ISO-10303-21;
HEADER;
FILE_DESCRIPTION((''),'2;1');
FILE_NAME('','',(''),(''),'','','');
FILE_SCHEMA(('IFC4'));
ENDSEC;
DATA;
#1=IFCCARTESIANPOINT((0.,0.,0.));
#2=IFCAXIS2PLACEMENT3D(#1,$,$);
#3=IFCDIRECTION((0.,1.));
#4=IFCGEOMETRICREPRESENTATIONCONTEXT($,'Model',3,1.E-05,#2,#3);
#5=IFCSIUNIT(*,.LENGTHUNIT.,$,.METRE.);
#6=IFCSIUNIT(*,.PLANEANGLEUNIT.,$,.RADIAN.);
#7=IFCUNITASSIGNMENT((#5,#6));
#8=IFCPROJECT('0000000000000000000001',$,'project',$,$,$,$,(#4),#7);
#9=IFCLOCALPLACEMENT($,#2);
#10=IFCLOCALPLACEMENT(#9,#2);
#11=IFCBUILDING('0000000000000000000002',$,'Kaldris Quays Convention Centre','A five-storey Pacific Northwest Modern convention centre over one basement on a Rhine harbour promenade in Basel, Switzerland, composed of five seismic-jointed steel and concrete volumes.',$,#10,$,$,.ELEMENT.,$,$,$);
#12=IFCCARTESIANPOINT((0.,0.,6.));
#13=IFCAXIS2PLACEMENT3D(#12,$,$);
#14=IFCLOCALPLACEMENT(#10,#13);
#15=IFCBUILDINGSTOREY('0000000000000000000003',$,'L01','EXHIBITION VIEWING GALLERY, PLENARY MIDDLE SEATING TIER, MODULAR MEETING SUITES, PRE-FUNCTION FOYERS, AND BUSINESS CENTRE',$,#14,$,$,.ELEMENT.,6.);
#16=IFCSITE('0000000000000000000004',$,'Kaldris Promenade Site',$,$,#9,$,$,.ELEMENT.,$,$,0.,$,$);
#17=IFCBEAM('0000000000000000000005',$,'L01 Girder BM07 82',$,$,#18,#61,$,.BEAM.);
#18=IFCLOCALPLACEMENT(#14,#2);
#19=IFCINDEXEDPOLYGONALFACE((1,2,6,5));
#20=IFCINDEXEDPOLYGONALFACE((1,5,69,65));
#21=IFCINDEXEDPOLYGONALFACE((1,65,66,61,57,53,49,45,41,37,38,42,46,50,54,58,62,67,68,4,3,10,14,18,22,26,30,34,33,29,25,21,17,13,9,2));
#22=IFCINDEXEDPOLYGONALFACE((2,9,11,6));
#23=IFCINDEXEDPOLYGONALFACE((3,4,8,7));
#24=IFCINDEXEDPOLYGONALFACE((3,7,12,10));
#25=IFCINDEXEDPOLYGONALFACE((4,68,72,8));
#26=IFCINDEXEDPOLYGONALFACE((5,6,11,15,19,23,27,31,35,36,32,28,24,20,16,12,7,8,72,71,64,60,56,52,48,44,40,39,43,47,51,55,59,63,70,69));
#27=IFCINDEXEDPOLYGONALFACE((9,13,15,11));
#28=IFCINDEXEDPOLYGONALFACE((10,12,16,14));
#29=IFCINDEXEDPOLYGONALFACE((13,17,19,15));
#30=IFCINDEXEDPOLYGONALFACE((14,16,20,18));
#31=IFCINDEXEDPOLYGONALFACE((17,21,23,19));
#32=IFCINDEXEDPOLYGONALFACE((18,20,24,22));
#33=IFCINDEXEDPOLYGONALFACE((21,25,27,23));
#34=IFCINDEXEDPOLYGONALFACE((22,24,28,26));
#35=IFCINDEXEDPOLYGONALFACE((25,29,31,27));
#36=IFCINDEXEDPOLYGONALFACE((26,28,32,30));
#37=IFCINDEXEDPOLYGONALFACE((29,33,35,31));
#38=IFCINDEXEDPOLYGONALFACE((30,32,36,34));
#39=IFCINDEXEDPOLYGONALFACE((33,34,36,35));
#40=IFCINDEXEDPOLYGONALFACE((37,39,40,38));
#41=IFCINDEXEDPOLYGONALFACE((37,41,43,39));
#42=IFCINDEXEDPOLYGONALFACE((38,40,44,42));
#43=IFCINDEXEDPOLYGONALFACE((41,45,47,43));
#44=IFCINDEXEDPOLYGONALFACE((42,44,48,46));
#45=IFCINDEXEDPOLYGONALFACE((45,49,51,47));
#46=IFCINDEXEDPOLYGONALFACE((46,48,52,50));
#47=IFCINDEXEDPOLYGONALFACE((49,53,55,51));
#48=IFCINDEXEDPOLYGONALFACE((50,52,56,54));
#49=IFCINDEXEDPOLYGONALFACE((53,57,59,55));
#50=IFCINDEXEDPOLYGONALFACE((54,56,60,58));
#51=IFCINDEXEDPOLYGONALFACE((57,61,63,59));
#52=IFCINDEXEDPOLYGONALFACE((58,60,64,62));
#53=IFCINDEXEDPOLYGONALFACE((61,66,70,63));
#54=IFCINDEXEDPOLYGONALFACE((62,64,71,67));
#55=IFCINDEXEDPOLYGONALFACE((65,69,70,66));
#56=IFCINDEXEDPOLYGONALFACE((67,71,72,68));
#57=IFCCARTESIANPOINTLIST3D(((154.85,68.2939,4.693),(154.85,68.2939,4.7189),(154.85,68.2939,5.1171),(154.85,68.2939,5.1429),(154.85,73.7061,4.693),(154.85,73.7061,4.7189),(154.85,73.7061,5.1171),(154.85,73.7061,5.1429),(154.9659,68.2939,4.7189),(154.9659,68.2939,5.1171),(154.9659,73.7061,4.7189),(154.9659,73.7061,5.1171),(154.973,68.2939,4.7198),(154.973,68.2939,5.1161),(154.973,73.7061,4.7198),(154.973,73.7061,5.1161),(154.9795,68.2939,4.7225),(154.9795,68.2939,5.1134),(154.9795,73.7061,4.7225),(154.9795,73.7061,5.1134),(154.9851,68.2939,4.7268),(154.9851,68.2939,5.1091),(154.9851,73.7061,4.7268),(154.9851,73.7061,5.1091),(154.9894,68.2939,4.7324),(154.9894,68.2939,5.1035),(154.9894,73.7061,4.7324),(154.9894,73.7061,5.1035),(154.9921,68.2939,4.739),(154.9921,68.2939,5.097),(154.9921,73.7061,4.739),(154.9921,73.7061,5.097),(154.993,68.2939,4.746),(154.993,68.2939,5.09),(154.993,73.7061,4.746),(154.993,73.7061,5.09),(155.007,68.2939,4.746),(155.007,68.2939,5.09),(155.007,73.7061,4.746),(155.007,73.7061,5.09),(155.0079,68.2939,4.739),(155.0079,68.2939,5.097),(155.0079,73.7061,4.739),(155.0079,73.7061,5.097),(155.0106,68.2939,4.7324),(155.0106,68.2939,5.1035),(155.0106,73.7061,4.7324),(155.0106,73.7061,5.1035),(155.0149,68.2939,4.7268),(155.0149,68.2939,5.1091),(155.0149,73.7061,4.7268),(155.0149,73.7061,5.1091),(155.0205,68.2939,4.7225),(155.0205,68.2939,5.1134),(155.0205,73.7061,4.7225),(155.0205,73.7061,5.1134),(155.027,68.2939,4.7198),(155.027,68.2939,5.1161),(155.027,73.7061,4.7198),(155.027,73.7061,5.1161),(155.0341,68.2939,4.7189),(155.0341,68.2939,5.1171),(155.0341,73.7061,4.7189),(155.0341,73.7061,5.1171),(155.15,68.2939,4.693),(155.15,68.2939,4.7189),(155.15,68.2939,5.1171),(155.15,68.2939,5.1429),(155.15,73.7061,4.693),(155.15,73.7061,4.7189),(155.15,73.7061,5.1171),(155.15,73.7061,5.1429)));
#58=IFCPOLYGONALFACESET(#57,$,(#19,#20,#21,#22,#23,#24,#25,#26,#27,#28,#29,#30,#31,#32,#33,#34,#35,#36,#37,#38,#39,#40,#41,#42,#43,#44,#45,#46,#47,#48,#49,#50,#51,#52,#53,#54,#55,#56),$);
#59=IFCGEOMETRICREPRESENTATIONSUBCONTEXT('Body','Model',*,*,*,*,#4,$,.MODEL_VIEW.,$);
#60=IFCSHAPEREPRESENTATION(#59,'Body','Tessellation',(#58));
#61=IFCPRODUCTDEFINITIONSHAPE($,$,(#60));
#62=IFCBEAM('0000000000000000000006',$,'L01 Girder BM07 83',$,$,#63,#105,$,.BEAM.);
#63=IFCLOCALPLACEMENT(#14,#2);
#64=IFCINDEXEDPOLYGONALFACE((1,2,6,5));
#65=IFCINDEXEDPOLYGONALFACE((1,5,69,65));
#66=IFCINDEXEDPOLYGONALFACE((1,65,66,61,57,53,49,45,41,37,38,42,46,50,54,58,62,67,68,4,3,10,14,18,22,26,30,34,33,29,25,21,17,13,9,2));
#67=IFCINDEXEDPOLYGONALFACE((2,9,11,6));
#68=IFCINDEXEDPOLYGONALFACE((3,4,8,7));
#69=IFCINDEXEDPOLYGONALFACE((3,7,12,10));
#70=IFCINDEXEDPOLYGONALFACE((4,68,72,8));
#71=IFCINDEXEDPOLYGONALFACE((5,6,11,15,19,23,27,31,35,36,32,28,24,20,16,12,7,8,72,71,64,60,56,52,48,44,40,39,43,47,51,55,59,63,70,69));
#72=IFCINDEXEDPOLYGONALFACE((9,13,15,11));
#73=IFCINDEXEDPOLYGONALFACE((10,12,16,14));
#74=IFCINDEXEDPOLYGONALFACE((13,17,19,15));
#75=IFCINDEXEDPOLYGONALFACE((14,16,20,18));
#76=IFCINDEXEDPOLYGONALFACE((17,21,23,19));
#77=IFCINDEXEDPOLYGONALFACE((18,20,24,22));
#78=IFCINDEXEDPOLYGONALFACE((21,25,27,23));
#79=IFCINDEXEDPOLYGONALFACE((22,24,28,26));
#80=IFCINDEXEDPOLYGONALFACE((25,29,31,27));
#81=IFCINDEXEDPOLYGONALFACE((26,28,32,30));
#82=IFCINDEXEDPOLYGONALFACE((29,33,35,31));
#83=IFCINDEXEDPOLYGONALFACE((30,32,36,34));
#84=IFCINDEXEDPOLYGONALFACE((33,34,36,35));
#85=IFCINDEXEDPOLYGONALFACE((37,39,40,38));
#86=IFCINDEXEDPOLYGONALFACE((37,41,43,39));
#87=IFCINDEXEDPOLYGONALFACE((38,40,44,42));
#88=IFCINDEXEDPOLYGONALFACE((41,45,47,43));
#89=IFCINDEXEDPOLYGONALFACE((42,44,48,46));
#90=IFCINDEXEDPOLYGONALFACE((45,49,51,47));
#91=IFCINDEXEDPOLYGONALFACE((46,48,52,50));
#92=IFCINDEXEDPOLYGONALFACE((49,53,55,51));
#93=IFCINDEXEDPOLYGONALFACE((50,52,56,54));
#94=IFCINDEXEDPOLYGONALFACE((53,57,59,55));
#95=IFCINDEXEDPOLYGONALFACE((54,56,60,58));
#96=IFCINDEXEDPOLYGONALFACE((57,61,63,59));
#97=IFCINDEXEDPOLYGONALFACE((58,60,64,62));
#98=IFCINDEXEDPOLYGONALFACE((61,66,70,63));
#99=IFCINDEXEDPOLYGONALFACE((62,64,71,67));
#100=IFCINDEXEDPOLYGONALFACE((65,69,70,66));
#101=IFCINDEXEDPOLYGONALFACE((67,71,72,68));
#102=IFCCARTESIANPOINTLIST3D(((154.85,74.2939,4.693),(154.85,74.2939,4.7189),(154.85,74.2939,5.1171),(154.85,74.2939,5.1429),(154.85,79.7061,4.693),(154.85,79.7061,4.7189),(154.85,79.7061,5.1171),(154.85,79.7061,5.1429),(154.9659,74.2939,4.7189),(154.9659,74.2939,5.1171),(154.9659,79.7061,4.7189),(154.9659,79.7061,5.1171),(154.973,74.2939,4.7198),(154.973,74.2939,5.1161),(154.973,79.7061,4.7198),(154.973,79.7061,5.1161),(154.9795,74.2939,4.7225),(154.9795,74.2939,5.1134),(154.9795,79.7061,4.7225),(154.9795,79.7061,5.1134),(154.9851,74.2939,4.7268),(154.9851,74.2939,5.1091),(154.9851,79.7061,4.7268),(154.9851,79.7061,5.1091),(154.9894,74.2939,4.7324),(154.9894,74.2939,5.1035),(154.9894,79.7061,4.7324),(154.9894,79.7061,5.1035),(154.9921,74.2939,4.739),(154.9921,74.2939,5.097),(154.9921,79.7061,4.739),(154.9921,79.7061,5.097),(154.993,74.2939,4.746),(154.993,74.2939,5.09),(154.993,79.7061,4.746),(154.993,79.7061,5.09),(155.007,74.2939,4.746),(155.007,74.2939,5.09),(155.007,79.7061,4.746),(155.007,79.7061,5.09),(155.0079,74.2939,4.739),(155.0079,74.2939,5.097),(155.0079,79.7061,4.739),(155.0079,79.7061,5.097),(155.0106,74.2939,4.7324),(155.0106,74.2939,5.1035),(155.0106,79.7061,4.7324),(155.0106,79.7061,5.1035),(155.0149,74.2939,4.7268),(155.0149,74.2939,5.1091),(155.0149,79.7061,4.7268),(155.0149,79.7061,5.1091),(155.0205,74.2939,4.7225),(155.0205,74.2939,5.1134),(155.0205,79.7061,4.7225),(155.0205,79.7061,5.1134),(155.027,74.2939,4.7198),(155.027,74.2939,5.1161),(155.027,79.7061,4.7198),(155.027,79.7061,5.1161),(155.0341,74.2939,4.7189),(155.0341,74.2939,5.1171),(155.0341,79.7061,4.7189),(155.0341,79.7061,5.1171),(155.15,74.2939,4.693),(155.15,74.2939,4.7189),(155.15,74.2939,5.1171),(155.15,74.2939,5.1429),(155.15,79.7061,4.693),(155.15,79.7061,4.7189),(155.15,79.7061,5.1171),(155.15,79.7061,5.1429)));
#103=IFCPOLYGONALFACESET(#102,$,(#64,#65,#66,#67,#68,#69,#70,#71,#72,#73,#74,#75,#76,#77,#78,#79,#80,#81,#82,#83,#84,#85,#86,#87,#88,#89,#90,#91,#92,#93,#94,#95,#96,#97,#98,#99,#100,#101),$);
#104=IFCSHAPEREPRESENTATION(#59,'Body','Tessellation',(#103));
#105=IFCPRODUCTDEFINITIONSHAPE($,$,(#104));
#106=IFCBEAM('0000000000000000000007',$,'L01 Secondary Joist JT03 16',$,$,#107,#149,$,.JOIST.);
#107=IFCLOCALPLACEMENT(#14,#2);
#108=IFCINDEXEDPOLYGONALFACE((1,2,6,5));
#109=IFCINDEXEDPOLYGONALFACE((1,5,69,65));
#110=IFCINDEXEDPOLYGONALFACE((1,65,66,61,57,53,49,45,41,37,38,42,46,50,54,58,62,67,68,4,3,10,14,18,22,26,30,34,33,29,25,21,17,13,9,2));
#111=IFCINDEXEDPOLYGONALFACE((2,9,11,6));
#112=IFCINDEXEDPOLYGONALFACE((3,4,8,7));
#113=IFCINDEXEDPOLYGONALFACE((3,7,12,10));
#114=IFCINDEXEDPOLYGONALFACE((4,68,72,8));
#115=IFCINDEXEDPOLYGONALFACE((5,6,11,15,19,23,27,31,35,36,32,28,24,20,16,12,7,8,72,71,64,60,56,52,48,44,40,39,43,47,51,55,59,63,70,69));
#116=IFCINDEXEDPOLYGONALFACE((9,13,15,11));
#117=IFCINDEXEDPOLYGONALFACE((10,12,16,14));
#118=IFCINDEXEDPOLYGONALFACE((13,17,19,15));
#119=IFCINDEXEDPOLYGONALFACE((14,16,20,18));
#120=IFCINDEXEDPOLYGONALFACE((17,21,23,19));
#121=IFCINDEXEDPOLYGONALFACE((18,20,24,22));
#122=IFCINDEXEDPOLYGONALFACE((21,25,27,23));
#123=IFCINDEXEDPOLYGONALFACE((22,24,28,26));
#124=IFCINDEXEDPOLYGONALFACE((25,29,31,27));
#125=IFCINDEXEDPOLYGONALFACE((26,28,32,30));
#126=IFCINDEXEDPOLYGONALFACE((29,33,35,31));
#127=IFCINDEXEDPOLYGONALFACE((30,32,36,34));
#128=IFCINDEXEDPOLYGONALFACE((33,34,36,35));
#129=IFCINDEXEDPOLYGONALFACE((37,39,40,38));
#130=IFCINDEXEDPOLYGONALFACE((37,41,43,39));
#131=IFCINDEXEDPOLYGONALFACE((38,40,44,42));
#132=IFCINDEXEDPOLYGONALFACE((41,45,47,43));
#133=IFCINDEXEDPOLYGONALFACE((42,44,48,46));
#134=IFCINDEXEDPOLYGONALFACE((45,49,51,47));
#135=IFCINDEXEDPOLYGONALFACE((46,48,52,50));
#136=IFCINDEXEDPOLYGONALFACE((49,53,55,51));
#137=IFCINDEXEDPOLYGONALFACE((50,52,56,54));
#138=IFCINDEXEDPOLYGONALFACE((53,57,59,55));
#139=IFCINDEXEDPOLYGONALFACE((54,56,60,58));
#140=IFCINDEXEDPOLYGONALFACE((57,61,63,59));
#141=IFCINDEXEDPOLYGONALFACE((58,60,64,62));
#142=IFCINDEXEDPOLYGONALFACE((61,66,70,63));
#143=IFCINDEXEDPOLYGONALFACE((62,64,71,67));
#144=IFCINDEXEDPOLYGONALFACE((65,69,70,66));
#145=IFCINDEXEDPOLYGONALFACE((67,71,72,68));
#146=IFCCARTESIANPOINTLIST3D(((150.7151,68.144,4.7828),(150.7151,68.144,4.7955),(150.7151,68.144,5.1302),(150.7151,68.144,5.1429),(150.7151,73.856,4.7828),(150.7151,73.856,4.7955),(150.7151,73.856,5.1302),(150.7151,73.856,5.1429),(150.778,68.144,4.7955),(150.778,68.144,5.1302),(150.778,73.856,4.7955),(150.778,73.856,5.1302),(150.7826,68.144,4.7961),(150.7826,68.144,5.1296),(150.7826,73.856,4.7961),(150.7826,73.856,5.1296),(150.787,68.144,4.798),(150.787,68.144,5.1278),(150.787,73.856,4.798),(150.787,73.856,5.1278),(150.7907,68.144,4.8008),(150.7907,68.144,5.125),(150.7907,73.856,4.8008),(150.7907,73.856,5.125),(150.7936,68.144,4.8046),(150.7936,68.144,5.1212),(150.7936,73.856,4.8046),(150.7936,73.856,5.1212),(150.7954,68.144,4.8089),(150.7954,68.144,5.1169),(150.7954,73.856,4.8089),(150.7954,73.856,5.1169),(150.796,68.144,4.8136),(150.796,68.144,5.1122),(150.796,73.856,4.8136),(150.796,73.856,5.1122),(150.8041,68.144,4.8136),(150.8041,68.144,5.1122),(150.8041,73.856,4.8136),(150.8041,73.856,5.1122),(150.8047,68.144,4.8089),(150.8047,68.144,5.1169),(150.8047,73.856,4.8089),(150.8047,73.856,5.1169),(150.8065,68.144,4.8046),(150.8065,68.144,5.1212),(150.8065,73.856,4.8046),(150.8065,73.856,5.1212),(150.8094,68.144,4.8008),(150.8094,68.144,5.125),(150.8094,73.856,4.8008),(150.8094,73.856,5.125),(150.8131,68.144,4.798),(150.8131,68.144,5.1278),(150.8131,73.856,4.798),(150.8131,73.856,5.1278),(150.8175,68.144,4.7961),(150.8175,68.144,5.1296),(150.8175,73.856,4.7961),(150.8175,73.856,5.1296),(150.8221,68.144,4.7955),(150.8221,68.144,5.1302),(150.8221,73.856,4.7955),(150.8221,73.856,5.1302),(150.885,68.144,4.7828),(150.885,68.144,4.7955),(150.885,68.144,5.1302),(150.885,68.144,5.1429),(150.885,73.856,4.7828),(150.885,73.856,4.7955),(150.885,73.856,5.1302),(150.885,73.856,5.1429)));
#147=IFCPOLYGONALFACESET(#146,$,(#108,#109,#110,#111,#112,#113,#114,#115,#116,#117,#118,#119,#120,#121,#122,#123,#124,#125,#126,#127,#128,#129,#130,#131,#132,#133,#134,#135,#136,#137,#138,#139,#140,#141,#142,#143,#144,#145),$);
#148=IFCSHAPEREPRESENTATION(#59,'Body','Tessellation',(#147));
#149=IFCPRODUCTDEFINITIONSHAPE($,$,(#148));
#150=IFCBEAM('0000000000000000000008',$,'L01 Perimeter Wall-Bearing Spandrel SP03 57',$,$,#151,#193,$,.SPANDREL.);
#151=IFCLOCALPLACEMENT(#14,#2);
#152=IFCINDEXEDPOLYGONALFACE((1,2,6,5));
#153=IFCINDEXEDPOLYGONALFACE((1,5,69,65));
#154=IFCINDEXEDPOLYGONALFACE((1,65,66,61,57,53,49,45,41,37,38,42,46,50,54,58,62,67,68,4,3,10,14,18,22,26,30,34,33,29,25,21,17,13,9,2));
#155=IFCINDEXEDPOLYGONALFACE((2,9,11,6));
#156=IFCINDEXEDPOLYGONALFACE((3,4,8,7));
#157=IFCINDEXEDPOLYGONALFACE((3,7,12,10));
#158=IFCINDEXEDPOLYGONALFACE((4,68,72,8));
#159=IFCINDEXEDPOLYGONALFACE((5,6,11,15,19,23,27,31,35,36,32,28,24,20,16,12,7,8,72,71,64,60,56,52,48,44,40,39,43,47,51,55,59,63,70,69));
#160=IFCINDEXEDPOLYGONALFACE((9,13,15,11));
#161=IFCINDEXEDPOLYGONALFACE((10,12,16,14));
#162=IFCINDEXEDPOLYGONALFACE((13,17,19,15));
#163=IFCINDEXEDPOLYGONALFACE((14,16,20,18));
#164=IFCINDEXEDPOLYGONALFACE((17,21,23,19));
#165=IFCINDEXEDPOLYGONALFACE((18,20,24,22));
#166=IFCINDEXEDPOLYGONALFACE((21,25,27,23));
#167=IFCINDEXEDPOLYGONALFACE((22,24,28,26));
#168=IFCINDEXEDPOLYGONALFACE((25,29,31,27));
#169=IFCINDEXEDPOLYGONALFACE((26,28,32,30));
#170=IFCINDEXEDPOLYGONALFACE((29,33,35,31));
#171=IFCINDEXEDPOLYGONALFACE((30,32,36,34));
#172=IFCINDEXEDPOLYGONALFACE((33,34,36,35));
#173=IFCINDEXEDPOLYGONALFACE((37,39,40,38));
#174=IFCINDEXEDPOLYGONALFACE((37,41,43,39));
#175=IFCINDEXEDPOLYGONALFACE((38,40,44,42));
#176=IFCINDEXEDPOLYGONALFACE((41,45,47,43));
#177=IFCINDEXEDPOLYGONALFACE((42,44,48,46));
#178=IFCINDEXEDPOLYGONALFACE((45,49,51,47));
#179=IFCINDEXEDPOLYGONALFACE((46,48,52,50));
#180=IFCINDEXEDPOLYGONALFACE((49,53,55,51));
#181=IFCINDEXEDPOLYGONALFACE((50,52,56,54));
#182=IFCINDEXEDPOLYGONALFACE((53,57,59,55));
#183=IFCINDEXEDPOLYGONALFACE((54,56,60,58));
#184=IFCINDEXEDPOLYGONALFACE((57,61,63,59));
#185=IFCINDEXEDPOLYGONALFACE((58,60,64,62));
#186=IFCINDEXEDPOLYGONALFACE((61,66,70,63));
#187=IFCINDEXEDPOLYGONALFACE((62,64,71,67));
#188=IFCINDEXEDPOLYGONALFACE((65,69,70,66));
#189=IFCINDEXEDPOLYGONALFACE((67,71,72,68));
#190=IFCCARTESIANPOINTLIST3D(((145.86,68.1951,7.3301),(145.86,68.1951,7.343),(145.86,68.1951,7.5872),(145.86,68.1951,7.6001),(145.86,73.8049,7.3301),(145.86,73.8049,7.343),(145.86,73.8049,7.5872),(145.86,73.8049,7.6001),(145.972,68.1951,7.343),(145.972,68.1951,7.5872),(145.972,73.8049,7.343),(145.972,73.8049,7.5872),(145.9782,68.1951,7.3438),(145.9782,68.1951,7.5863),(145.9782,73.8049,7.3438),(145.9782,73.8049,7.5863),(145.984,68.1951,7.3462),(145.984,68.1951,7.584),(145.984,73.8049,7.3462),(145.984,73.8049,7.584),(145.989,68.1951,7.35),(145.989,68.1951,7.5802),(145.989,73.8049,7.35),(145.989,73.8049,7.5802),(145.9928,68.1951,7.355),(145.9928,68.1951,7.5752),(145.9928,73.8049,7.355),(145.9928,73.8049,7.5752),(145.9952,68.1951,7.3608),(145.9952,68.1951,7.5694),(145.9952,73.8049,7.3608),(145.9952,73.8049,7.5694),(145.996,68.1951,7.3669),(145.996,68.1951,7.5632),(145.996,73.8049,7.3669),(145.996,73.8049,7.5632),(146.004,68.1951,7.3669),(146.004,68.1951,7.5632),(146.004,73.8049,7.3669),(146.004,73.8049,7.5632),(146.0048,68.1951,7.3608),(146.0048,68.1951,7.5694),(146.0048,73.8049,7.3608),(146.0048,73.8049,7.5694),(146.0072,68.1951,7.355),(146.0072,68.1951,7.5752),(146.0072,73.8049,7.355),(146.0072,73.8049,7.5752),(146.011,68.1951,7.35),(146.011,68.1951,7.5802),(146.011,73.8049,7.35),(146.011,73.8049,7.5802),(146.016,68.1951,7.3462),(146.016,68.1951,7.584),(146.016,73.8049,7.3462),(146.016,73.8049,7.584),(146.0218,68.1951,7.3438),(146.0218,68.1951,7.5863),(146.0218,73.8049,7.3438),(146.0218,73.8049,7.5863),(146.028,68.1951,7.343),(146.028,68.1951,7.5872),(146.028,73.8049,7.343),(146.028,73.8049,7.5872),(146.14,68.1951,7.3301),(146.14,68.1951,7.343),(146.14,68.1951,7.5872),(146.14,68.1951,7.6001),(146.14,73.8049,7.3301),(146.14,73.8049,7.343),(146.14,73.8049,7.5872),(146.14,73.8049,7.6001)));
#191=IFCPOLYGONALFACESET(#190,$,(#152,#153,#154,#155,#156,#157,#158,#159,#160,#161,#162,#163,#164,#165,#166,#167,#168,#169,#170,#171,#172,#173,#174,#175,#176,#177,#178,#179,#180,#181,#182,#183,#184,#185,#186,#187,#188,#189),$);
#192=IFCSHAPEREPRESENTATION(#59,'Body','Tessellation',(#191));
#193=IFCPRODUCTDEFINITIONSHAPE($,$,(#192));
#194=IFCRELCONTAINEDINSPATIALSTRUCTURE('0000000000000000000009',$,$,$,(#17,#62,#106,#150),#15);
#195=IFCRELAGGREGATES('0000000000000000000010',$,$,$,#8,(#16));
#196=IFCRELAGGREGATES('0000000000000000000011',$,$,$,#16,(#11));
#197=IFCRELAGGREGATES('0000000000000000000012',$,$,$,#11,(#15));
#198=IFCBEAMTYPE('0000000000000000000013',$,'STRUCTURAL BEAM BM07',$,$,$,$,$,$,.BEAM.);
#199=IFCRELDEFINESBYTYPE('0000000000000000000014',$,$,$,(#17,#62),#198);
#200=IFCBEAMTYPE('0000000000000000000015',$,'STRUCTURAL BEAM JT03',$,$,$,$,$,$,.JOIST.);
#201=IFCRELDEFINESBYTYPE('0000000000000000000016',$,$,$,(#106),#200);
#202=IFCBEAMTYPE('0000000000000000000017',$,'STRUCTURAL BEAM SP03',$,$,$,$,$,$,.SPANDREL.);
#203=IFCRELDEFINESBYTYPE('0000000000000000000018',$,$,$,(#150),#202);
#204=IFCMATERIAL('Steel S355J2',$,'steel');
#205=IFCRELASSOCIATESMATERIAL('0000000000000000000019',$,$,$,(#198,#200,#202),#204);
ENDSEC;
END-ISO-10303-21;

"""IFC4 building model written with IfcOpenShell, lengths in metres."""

from ifc_helpers import new_model, si_unit, direction, frame, origin, origin_2d, place, context, subcontext, project, spatial, i_section, extrude, material, material_profile, profile_set, type_object, element, save


model = new_model("IFC4")

# Units and contexts
model_context = context("Model", 3, precision=1e-05, world=origin(), true_north=direction((0.0, 1.0)))
body_context = subcontext(model_context, "Body", "Model", "MODEL_VIEW")
ifc_project = project(units=[si_unit("LENGTHUNIT", "METRE"), si_unit("PLANEANGLEUNIT", "RADIAN")], contexts=[model_context])

# Site, building, storey
site_placement = place(None, origin())
site = spatial("IfcSite", under=ifc_project, at=site_placement, Name="Kaldris Promenade Site", CompositionType="ELEMENT", RefElevation=0.0)
building_placement = place(site_placement, origin())
building = spatial("IfcBuilding", under=site, at=building_placement, Name="Kaldris Quays Convention Centre", Description="A five-storey Pacific Northwest Modern convention centre over one basement on a Rhine harbour promenade in Basel, Switzerland, composed of five seismic-jointed steel and concrete volumes.", CompositionType="ELEMENT")
storey_placement = place(building_placement, frame((0.0, 0.0, 6.0)))
storey = spatial("IfcBuildingStorey", under=building, at=storey_placement, Name="L01", Description="EXHIBITION VIEWING GALLERY, PLENARY MIDDLE SEATING TIER, MODULAR MEETING SUITES, PRE-FUNCTION FOYERS, AND BUSINESS CENTRE", CompositionType="ELEMENT", Elevation=6.0)

# Shared definitions
ifc_material_1 = material(Name="Steel S355J2", Category="steel")

# Beams
ifc_material_profile_1 = material_profile(ifc_material_1, i_section(OverallWidth=0.3, OverallDepth=0.45, WebThickness=0.0139, FlangeThickness=0.0259, FilletRadius=0.0271, at=origin_2d()), Name="HEB 450")
ifc_profile_set_1 = profile_set([ifc_material_profile_1], Name="Steel S355J2")
beam_type_1 = type_object("IfcBeamType", Name="STRUCTURAL BEAM BM07", PredefinedType="BEAM", material=ifc_profile_set_1)
for number, where, z_axis, x_axis, name in (
    (1, (155.0, 68.2939, 4.918), (0.0, 1.0, 0.0), (-1.0, 0.0, 0.0), "L01 Girder BM07 82"),
    (2, (155.0, 74.2939, 4.918), (0.0, 1.0, 0.0), (-1.0, 0.0, 0.0), "L01 Girder BM07 83"),
):
    element("IfcBeam", number, at=place(storey_placement, frame(where, z_axis=z_axis, x_axis=x_axis)), inside=storey, type_object=beam_type_1, Name=name, PredefinedType="BEAM", context=body_context, shape_type="SweptSolid", body=[
        extrude(i_section(OverallWidth=0.3, OverallDepth=0.45, WebThickness=0.0139, FlangeThickness=0.0259, FilletRadius=0.0271, at=origin_2d()), origin(), (0.0, 0.0, 1.0), 5.4121),
    ])
ifc_material_profile_2 = material_profile(ifc_material_1, i_section(OverallWidth=0.1699, OverallDepth=0.3601, WebThickness=0.0081, FlangeThickness=0.0127, FilletRadius=0.0181, at=origin_2d()), Name="IPE 360")
ifc_profile_set_2 = profile_set([ifc_material_profile_2], Name="Steel S355J2")
beam_type_2 = type_object("IfcBeamType", Name="STRUCTURAL BEAM JT03", PredefinedType="JOIST", material=ifc_profile_set_2)
beam_1_placement = place(storey_placement, frame((150.8, 68.144, 4.9629), z_axis=(0.0, 1.0, 0.0), x_axis=(-1.0, 0.0, 0.0)))
element("IfcBeam", 3, at=beam_1_placement, inside=storey, type_object=beam_type_2, Name="L01 Secondary Joist JT03 16", PredefinedType="JOIST", context=body_context, shape_type="SweptSolid", body=[
    extrude(i_section(OverallWidth=0.1699, OverallDepth=0.3601, WebThickness=0.0081, FlangeThickness=0.0127, FilletRadius=0.0181, at=origin_2d()), origin(), (0.0, 0.0, 1.0), 5.7119),
])
ifc_material_profile_3 = material_profile(ifc_material_1, i_section(OverallWidth=0.28, OverallDepth=0.27, WebThickness=0.0081, FlangeThickness=0.0129, FilletRadius=0.0239, at=origin_2d()), Name="HEA 280")
ifc_profile_set_3 = profile_set([ifc_material_profile_3], Name="Steel S355J2")
beam_type_3 = type_object("IfcBeamType", Name="STRUCTURAL BEAM SP03", PredefinedType="SPANDREL", material=ifc_profile_set_3)
beam_2_placement = place(storey_placement, frame((146.0, 68.1951, 7.4651), z_axis=(0.0, 1.0, 0.0), x_axis=(-1.0, 0.0, 0.0)))
element("IfcBeam", 4, at=beam_2_placement, inside=storey, type_object=beam_type_3, Name="L01 Perimeter Wall-Bearing Spandrel SP03 57", PredefinedType="SPANDREL", context=body_context, shape_type="SweptSolid", body=[
    extrude(i_section(OverallWidth=0.28, OverallDepth=0.27, WebThickness=0.0081, FlangeThickness=0.0129, FilletRadius=0.0239, at=origin_2d()), origin(), (0.0, 0.0, 1.0), 5.6099),
])

save(model, "model.ifc")
